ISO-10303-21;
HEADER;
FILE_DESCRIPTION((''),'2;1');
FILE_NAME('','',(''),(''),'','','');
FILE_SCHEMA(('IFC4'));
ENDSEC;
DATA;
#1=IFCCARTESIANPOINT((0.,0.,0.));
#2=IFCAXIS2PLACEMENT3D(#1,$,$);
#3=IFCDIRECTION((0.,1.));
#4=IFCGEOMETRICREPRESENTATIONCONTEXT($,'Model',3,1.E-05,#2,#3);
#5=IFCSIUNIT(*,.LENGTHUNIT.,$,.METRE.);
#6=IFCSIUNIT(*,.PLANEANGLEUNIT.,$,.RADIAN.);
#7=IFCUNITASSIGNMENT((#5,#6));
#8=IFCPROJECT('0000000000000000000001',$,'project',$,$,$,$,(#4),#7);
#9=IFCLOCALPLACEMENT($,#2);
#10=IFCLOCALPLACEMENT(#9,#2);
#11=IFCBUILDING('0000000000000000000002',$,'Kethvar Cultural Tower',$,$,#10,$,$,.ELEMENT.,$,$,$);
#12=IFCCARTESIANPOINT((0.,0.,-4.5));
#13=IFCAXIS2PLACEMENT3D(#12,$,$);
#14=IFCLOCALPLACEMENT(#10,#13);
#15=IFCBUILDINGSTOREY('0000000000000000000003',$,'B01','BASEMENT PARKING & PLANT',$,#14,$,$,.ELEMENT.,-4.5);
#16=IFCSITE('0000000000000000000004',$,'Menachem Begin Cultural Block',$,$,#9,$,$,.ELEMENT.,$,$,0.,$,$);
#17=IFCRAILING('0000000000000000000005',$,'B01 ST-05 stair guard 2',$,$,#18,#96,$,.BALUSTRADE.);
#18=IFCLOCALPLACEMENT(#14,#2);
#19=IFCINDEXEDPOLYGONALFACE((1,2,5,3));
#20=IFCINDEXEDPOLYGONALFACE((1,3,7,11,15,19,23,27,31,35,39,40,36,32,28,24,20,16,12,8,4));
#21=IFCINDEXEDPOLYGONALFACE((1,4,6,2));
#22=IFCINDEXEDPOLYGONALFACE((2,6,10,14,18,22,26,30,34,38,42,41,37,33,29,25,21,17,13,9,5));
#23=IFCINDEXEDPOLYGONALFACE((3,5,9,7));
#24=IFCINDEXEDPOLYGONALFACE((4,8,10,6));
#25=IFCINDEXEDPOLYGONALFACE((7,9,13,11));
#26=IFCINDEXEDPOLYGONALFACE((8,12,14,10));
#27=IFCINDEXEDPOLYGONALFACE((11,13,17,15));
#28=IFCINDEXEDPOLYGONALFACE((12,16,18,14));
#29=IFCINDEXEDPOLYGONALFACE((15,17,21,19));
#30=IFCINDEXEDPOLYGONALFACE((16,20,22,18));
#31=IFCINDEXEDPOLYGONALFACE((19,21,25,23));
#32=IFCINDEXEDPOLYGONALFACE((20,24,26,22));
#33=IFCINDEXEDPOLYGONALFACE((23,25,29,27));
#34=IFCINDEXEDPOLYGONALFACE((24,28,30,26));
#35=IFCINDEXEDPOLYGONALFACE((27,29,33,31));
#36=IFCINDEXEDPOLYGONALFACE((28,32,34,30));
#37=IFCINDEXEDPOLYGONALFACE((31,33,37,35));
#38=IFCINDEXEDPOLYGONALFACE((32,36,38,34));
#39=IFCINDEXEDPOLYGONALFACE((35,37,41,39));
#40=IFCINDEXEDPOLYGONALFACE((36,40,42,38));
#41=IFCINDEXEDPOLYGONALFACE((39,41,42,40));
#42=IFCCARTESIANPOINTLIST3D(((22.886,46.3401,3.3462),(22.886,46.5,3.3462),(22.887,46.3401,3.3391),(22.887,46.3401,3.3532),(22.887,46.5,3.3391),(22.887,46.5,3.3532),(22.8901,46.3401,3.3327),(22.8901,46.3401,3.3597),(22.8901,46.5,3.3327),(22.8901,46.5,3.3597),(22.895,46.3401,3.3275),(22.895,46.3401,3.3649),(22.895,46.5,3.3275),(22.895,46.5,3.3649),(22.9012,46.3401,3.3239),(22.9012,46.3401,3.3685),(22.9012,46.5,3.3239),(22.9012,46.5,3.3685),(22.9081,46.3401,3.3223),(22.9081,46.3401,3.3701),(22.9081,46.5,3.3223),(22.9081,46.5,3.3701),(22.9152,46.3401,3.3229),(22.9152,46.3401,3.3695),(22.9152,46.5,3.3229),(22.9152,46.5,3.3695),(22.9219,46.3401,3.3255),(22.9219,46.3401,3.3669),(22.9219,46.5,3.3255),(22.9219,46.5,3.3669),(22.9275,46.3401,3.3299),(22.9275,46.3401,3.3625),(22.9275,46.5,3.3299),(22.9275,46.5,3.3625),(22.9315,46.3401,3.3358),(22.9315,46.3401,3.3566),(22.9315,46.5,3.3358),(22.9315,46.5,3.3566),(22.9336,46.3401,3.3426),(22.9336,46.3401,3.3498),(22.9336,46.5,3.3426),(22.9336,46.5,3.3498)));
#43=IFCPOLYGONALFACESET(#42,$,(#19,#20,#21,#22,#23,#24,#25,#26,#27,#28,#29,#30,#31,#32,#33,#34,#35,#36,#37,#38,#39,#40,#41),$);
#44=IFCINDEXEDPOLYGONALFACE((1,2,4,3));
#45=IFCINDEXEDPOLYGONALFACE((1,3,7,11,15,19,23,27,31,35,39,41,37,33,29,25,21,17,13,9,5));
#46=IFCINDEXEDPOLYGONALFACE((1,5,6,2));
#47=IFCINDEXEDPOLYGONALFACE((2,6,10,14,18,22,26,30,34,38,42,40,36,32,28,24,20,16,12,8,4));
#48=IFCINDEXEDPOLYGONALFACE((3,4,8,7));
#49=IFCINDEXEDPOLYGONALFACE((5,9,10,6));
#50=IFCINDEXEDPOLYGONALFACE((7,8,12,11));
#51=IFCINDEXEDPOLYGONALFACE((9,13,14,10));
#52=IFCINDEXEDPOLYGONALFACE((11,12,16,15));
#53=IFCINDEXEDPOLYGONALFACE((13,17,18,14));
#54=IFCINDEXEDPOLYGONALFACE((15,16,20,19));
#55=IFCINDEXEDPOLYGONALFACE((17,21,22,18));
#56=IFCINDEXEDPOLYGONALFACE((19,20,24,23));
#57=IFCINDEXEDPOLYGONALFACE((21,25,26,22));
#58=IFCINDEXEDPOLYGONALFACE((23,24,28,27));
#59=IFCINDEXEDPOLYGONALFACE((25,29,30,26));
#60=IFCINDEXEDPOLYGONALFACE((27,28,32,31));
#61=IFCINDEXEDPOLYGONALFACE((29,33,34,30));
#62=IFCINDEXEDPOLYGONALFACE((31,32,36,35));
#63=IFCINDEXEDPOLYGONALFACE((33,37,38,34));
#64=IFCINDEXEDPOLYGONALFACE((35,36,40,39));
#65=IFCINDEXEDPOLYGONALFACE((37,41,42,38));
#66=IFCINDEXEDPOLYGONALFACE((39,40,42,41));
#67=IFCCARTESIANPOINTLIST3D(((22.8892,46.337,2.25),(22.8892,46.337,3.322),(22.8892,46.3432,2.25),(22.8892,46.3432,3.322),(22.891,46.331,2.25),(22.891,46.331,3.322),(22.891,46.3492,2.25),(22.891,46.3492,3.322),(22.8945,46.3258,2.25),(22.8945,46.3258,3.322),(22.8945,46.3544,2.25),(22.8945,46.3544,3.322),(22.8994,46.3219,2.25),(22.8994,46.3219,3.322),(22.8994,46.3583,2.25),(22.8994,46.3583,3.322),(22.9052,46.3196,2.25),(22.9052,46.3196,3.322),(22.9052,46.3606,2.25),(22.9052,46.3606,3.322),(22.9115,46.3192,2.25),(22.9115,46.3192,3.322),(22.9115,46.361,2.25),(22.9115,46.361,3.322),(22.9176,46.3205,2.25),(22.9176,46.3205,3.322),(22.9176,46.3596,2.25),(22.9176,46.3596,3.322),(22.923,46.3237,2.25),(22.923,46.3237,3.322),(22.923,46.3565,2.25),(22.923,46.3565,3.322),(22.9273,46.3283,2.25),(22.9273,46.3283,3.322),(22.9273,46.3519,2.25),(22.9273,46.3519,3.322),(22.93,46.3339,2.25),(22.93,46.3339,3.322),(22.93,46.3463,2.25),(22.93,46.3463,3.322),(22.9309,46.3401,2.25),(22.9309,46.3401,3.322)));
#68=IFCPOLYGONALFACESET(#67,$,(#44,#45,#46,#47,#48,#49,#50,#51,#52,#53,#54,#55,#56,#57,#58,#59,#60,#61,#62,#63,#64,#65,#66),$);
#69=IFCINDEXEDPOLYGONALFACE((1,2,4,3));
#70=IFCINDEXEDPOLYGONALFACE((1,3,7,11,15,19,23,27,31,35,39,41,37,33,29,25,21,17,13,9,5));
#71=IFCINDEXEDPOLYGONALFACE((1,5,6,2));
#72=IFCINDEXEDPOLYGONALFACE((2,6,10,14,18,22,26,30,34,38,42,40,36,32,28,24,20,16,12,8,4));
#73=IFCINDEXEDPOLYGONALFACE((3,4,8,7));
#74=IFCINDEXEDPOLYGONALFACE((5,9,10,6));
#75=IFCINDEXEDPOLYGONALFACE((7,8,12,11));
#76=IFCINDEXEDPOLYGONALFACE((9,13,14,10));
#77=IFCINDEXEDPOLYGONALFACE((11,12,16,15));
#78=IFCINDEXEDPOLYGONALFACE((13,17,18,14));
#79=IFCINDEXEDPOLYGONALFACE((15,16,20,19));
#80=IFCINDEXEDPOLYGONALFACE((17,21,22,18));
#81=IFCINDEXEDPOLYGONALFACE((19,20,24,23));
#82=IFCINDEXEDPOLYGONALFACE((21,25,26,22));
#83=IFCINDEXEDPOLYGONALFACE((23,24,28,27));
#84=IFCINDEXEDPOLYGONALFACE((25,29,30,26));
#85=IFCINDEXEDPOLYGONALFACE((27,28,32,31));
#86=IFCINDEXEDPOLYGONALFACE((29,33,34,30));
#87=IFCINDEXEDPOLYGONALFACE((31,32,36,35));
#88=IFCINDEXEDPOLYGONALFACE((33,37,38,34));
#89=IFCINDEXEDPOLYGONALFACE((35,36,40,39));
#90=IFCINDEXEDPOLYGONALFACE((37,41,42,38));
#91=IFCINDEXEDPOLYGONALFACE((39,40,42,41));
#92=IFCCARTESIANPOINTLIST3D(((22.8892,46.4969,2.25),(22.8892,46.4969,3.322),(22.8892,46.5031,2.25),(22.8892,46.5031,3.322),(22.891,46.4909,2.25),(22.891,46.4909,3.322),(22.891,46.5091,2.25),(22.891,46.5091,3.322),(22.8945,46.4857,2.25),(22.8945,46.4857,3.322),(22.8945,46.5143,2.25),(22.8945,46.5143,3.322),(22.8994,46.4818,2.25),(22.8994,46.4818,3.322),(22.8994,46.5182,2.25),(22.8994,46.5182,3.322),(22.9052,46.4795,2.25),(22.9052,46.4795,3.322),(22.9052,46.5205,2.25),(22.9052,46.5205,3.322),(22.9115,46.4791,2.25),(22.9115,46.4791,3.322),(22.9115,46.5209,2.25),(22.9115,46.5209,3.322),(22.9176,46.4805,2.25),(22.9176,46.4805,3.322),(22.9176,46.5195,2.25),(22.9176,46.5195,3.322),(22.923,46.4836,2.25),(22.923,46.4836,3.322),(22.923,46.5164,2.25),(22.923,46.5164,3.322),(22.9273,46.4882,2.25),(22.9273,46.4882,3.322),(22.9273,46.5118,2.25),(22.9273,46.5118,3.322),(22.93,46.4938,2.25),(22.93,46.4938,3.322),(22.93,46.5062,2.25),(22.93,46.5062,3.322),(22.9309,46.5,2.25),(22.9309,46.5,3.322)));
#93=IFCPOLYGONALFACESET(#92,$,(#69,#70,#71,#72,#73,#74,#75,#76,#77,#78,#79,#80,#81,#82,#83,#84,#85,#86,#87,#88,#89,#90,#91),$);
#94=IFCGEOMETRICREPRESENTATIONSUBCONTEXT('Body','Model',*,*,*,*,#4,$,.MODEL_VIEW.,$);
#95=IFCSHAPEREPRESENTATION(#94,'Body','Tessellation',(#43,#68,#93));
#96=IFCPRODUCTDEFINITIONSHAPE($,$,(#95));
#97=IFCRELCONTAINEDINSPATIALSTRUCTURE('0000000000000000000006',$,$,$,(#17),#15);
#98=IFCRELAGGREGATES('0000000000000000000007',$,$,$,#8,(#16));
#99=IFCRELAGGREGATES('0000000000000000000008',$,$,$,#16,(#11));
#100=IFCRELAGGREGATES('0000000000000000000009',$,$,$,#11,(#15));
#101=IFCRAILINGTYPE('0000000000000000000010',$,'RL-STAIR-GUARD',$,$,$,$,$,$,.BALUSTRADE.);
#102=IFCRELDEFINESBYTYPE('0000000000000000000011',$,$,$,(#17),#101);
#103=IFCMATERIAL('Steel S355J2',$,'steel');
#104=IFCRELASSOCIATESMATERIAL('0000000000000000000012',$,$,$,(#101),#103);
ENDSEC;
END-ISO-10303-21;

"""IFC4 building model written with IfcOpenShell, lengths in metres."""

from ifc_helpers import new_model, si_unit, direction, frame, origin, origin_2d, place, context, subcontext, project, spatial, circle, extrude, material, type_object, element, save


model = new_model("IFC4")

# Units and contexts
model_context = context("Model", 3, precision=1e-05, world=origin(), true_north=direction((0.0, 1.0)))
body_context = subcontext(model_context, "Body", "Model", "MODEL_VIEW")
ifc_project = project(units=[si_unit("LENGTHUNIT", "METRE"), si_unit("PLANEANGLEUNIT", "RADIAN")], contexts=[model_context])

# Site, building, storey
site_placement = place(None, origin())
site = spatial("IfcSite", under=ifc_project, at=site_placement, Name="Menachem Begin Cultural Block", CompositionType="ELEMENT", RefElevation=0.0)
building_placement = place(site_placement, origin())
building = spatial("IfcBuilding", under=site, at=building_placement, Name="Kethvar Cultural Tower", CompositionType="ELEMENT")
storey_placement = place(building_placement, frame((0.0, 0.0, -4.5)))
storey = spatial("IfcBuildingStorey", under=building, at=storey_placement, Name="B01", Description="BASEMENT PARKING & PLANT", CompositionType="ELEMENT", Elevation=-4.5)

# Shared definitions
ifc_material_1 = material(Name="Steel S355J2", Category="steel")

# Railing
railing_type_1 = type_object("IfcRailingType", Name="RL-STAIR-GUARD", PredefinedType="BALUSTRADE", material=ifc_material_1)
railing_1_placement = place(storey_placement, frame((22.9099, 46.3401, 2.25)))
element("IfcRailing", 1, at=railing_1_placement, inside=storey, type_object=railing_type_1, Name="B01 ST-05 stair guard 2", PredefinedType="BALUSTRADE", context=body_context, shape_type="SweptSolid", body=[
    extrude(circle(Radius=0.0239, at=origin_2d()), frame((0.0, 0.0, 1.0962), z_axis=(0.0, 1.0, 0.0), x_axis=(-1.0, 0.0, 0.0)), (0.0, 0.0, 1.0), 0.1599),
    extrude(circle(Radius=0.021, at=origin_2d()), origin(), (0.0, 0.0, 1.0), 1.072),
    extrude(circle(Radius=0.021, at=origin_2d()), frame((0.0, 0.1599, 0.0)), (0.0, 0.0, 1.0), 1.072),
])

save(model, "model.ifc")
